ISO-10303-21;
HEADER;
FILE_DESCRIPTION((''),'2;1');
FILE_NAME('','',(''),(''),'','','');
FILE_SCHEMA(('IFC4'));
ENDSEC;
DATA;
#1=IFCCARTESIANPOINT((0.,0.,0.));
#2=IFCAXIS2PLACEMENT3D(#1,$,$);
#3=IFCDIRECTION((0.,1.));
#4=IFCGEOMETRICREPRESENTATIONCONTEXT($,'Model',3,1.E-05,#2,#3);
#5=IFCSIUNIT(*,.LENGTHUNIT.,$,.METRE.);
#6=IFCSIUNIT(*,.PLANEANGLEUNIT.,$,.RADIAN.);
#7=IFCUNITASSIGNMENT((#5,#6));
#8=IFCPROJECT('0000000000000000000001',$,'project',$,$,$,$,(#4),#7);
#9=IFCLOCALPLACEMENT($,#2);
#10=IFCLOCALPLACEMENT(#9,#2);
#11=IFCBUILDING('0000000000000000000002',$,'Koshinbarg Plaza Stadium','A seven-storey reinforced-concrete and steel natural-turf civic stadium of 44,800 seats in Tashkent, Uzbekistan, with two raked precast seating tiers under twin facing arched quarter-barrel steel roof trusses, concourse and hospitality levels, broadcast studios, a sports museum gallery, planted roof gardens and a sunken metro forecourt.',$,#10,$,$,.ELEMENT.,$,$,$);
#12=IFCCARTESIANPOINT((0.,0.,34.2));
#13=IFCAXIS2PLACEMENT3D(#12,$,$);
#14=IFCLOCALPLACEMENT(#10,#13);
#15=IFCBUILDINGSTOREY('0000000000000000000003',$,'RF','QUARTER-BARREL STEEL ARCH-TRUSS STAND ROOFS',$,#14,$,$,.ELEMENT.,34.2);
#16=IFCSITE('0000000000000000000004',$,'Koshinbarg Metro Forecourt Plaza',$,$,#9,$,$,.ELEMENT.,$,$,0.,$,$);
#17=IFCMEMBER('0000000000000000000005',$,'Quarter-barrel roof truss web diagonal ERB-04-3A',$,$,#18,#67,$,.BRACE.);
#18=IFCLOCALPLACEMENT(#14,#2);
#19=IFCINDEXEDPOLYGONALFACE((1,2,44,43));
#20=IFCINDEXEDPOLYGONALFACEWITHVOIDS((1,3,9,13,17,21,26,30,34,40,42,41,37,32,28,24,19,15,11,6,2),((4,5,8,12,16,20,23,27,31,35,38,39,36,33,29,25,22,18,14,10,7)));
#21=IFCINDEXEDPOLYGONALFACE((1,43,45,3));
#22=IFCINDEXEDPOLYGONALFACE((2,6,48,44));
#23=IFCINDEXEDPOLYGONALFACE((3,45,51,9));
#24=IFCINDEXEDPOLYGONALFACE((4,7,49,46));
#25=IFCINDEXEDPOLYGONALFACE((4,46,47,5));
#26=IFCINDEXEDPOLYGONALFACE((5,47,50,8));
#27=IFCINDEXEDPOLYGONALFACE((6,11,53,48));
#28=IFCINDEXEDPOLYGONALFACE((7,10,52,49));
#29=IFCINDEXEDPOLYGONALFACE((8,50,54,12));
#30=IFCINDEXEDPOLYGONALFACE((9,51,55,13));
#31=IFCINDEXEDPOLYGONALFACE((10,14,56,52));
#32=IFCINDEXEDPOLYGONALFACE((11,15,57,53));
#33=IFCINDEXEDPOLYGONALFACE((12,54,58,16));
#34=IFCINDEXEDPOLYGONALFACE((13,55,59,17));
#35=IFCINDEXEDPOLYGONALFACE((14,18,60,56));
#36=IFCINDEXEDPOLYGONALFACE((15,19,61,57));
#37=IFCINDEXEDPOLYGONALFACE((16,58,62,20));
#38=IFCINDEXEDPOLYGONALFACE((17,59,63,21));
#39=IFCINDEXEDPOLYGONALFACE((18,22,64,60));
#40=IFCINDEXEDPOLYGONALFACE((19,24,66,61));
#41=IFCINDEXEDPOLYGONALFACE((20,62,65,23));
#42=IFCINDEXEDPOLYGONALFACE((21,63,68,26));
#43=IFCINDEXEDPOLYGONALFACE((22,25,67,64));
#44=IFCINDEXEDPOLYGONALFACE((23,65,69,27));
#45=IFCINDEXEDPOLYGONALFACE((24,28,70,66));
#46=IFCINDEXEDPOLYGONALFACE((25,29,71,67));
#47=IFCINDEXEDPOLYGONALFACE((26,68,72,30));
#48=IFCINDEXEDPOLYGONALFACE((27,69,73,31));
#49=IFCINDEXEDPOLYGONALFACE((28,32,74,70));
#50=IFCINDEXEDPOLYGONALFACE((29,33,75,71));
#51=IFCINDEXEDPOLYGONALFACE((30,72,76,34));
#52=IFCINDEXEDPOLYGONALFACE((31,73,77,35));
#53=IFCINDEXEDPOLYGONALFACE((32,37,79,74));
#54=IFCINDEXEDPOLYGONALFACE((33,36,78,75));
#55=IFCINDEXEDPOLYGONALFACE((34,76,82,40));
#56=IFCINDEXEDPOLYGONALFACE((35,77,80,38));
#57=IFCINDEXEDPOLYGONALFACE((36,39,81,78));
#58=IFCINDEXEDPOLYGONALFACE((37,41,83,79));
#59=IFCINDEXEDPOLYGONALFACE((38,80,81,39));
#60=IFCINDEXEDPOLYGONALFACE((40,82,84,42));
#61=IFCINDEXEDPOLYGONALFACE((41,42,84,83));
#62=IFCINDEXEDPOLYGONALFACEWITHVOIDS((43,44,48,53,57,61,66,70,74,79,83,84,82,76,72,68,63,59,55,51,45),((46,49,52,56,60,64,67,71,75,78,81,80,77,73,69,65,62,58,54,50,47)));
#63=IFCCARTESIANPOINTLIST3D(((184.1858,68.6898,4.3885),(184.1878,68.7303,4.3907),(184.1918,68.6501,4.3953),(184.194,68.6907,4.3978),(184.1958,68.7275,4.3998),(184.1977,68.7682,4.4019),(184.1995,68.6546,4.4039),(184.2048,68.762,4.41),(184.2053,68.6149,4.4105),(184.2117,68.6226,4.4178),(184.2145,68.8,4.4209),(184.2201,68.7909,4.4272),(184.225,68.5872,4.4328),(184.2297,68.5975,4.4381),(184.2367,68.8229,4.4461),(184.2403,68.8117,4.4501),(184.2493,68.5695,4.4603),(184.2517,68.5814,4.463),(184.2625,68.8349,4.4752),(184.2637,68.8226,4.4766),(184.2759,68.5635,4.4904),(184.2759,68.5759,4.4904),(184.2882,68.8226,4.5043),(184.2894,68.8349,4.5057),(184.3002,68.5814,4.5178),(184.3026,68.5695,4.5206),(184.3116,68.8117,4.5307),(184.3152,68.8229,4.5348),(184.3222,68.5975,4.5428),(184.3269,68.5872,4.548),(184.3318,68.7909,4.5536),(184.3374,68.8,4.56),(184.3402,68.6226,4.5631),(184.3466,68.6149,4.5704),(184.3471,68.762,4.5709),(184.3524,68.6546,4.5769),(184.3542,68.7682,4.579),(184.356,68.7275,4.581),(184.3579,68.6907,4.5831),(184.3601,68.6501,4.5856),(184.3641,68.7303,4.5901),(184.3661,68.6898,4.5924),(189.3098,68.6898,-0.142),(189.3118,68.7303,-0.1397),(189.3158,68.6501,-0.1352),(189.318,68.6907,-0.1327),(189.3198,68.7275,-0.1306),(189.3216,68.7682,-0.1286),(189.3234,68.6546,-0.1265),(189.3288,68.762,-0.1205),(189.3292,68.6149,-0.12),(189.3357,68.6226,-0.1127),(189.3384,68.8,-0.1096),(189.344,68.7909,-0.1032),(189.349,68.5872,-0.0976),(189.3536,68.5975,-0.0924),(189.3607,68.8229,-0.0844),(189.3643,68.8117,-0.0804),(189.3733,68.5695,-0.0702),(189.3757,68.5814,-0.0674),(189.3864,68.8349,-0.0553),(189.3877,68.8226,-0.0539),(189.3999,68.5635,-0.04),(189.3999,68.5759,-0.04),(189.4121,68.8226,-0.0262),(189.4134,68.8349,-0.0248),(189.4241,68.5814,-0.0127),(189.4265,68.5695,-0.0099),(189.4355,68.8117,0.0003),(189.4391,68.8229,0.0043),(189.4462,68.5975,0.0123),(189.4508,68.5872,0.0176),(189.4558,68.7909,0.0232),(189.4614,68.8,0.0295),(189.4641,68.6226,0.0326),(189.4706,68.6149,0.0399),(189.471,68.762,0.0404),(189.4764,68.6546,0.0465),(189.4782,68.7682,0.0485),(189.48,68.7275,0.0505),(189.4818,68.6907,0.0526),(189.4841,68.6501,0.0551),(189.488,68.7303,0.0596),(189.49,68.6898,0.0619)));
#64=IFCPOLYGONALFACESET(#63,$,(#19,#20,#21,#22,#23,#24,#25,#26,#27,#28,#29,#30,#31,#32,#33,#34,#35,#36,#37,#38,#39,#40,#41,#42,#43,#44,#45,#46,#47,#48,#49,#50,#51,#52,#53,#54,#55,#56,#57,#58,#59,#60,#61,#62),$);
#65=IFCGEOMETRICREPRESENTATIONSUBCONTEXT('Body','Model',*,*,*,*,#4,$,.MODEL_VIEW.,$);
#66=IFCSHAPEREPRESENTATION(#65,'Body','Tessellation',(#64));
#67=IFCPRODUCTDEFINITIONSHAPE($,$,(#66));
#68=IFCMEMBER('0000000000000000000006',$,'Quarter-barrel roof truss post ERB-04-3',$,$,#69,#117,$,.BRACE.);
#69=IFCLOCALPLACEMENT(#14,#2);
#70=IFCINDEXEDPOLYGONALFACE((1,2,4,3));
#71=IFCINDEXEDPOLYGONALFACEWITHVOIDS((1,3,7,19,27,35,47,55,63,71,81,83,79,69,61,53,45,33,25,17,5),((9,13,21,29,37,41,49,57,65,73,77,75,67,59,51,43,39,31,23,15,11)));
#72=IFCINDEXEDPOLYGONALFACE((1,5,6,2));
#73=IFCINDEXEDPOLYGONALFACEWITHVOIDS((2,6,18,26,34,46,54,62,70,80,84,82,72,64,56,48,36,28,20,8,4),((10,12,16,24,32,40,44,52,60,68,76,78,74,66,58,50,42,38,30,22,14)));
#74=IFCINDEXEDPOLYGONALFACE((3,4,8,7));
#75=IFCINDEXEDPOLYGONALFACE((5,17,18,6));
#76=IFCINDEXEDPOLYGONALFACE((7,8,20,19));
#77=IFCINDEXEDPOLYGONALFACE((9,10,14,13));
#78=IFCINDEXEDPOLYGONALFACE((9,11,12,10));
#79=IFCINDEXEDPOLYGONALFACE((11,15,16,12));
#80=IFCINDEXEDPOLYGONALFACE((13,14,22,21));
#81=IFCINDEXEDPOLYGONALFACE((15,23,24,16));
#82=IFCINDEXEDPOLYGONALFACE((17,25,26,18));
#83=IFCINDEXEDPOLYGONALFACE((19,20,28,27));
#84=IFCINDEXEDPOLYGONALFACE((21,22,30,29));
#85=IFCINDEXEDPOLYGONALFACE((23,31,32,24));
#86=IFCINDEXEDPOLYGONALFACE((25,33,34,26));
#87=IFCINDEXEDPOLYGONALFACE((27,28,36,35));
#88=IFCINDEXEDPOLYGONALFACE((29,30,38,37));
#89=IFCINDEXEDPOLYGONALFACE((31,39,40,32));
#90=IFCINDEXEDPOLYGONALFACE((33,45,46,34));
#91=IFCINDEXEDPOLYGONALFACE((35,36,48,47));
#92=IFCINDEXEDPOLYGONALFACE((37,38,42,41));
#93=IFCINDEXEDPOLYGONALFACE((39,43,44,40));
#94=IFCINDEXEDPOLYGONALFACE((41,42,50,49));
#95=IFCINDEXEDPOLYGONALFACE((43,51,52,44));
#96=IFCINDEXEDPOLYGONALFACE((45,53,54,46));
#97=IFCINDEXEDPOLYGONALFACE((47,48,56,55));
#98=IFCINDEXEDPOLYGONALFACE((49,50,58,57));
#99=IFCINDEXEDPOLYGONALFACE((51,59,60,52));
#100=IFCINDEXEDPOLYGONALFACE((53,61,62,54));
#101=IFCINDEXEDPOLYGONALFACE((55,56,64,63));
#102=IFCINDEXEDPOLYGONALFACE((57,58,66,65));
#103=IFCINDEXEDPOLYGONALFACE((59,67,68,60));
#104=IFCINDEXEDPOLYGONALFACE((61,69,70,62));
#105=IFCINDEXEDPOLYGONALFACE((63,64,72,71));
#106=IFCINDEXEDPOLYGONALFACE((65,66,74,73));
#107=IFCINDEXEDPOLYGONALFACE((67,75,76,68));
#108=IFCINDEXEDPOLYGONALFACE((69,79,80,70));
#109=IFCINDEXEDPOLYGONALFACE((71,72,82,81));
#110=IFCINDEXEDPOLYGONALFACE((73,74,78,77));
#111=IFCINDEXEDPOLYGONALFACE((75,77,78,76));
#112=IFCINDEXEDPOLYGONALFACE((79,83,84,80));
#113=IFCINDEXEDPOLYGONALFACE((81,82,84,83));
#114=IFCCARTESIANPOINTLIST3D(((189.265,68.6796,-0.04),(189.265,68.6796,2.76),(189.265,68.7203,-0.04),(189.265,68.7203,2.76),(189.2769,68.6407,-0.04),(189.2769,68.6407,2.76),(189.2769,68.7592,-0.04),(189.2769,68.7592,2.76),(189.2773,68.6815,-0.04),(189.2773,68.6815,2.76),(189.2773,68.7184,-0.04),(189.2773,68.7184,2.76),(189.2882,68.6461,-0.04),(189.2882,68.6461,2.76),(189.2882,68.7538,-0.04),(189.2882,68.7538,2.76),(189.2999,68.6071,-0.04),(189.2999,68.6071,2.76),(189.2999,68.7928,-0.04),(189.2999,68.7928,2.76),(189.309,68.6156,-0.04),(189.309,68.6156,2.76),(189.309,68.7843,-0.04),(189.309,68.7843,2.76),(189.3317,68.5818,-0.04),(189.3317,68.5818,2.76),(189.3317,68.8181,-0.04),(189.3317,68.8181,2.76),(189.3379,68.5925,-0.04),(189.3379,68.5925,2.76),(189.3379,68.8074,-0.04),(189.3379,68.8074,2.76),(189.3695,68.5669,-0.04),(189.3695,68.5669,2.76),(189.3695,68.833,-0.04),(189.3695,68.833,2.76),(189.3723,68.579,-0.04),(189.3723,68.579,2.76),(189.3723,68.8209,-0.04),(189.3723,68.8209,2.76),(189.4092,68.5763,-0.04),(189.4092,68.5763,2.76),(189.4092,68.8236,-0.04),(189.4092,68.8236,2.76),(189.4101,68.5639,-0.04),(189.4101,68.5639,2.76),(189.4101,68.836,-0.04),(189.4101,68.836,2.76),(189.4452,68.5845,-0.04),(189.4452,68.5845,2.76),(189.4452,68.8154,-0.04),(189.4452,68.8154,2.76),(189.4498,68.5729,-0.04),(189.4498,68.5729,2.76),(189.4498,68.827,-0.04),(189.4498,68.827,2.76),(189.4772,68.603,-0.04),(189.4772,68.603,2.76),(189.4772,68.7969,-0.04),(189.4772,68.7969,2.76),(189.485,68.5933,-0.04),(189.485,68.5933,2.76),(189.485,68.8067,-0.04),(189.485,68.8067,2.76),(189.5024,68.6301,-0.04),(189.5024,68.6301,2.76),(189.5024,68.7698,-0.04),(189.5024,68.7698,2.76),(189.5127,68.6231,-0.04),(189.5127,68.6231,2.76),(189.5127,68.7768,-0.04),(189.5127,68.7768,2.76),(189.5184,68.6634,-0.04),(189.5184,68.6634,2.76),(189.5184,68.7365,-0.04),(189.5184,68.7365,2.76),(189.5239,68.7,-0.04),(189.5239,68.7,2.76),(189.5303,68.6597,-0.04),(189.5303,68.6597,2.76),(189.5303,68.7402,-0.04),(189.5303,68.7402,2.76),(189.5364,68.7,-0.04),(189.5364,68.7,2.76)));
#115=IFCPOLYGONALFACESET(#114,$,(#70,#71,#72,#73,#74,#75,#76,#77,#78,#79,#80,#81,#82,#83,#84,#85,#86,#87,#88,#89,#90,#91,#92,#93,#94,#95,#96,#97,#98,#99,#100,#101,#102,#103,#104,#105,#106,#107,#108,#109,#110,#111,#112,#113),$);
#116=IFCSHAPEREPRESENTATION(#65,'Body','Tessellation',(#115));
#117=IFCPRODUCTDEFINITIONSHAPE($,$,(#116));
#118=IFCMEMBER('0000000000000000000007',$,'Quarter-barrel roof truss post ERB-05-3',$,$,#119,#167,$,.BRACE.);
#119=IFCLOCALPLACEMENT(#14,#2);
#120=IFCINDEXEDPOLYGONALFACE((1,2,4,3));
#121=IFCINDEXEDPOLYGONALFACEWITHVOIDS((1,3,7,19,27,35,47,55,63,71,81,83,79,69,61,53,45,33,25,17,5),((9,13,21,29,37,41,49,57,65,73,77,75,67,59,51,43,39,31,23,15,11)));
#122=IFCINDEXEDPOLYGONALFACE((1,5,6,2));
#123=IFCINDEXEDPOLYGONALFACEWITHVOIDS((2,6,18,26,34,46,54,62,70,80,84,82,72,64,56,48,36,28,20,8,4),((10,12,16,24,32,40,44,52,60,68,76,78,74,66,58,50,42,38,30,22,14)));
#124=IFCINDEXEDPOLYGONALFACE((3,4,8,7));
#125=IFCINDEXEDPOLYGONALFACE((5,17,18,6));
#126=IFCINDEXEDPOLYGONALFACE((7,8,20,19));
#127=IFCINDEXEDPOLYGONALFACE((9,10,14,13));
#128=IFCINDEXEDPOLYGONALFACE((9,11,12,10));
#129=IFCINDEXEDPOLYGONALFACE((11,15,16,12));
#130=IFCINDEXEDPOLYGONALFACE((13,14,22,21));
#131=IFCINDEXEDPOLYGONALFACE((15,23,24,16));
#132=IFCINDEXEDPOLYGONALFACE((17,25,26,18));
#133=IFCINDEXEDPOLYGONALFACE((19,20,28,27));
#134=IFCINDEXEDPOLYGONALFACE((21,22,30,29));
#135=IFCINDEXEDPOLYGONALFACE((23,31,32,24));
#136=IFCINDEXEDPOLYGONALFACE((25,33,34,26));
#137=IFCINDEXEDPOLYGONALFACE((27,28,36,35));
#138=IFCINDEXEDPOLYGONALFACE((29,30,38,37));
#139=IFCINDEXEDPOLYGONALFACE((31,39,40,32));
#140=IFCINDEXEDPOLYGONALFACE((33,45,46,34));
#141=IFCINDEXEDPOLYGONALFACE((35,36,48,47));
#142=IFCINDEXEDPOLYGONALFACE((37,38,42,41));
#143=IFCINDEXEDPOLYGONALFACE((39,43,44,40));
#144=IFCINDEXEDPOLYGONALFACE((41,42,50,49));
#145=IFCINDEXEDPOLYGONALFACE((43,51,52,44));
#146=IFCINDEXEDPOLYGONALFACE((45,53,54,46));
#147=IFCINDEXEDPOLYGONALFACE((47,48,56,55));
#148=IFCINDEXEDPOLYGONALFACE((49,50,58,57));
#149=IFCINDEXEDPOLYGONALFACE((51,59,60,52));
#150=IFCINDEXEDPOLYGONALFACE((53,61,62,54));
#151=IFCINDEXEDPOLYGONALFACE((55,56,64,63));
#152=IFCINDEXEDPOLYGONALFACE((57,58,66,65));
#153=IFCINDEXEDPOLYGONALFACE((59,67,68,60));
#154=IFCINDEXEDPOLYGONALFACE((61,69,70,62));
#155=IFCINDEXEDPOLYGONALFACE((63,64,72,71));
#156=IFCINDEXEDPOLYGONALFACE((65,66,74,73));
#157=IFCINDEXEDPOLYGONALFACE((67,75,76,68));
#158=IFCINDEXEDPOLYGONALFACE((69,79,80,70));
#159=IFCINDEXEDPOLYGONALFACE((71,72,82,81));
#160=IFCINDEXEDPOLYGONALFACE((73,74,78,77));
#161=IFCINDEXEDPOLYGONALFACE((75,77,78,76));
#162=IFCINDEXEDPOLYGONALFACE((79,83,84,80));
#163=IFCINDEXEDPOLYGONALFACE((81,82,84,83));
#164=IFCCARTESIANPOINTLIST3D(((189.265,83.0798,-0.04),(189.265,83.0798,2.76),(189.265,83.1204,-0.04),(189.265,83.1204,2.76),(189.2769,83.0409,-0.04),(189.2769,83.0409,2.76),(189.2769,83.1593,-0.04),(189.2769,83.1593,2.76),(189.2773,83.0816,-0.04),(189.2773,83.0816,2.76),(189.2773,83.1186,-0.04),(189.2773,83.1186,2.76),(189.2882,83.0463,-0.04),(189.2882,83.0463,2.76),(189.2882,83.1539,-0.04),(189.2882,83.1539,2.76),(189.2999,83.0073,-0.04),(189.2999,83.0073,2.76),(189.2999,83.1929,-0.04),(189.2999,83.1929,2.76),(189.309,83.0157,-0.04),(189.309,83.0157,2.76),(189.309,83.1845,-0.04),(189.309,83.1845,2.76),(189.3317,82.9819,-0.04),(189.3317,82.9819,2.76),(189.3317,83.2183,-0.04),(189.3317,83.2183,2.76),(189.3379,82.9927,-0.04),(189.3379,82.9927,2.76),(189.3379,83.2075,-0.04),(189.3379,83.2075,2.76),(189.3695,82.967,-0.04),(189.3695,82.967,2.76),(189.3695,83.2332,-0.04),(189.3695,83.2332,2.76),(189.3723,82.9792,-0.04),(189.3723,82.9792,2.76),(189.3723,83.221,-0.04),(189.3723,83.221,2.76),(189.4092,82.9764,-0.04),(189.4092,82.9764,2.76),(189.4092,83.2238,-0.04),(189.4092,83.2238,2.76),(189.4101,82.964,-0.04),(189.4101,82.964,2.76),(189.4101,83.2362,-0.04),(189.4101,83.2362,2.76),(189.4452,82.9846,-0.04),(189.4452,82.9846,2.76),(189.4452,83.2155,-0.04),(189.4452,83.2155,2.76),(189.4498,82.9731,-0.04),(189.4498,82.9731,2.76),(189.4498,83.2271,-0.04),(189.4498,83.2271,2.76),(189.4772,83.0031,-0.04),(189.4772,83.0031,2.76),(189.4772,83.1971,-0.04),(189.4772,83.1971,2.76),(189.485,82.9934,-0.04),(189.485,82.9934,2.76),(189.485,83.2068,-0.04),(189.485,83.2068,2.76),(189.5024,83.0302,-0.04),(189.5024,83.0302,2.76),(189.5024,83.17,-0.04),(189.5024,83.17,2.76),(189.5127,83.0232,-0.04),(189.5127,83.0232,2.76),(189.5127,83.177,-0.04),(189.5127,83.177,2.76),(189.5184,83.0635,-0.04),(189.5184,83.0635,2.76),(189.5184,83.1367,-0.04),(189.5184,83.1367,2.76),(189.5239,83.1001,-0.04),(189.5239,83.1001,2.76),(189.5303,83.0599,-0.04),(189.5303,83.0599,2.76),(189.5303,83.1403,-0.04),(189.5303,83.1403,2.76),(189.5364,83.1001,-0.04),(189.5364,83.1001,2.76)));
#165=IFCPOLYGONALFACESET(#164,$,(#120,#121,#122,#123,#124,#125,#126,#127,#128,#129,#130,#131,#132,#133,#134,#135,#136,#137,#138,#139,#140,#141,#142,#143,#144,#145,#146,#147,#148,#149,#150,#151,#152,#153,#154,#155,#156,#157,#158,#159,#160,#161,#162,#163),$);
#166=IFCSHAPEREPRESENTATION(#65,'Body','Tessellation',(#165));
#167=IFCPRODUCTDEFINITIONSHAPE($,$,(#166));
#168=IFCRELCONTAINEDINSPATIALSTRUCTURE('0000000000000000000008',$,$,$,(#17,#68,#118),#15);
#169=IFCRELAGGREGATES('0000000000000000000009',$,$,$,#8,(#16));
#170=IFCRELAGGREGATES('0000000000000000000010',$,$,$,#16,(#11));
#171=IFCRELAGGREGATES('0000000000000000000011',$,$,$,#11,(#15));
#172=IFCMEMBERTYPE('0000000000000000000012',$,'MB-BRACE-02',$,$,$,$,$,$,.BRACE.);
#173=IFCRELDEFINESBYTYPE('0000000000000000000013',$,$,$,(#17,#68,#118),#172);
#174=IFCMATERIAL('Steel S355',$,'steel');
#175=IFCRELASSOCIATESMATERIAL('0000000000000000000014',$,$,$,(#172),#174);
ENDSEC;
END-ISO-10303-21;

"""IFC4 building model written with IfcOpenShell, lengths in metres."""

from ifc_helpers import new_model, si_unit, direction, frame, origin, origin_2d, place, context, subcontext, project, spatial, hollow_circle, extrude, material, material_profile, profile_set, type_object, element, save


model = new_model("IFC4")

# Units and contexts
model_context = context("Model", 3, precision=1e-05, world=origin(), true_north=direction((0.0, 1.0)))
body_context = subcontext(model_context, "Body", "Model", "MODEL_VIEW")
ifc_project = project(units=[si_unit("LENGTHUNIT", "METRE"), si_unit("PLANEANGLEUNIT", "RADIAN")], contexts=[model_context])

# Site, building, storey
site_placement = place(None, origin())
site = spatial("IfcSite", under=ifc_project, at=site_placement, Name="Koshinbarg Metro Forecourt Plaza", CompositionType="ELEMENT", RefElevation=0.0)
building_placement = place(site_placement, origin())
building = spatial("IfcBuilding", under=site, at=building_placement, Name="Koshinbarg Plaza Stadium", Description="A seven-storey reinforced-concrete and steel natural-turf civic stadium of 44,800 seats in Tashkent, Uzbekistan, with two raked precast seating tiers under twin facing arched quarter-barrel steel roof trusses, concourse and hospitality levels, broadcast studios, a sports museum gallery, planted roof gardens and a sunken metro forecourt.", CompositionType="ELEMENT")
storey_placement = place(building_placement, frame((0.0, 0.0, 34.2)))
storey = spatial("IfcBuildingStorey", under=building, at=storey_placement, Name="RF", Description="QUARTER-BARREL STEEL ARCH-TRUSS STAND ROOFS", CompositionType="ELEMENT", Elevation=34.2)

# Members
ifc_material_1 = material(Name="Steel S355", Category="steel")
ifc_material_profile_1 = material_profile(ifc_material_1, hollow_circle(Radius=0.1365, WallThickness=0.0125, at=origin_2d()), Name="CHS 273x12.5")
ifc_profile_set_1 = profile_set([ifc_material_profile_1], Name="Steel S355")
member_type_1 = type_object("IfcMemberType", Name="MB-BRACE-02", PredefinedType="BRACE", material=ifc_profile_set_1)
member_1_placement = place(storey_placement, frame((189.3999, 68.7, -0.04), z_axis=(-0.749161, 0.0, 0.662387), x_axis=(0.0, -1.0, 0.0)))
element("IfcMember", 1, at=member_1_placement, inside=storey, type_object=member_type_1, Name="Quarter-barrel roof truss web diagonal ERB-04-3A", PredefinedType="BRACE", context=body_context, shape_type="SweptSolid", body=[
    extrude(hollow_circle(Radius=0.1365, WallThickness=0.0125, at=origin_2d()), origin(), (0.0, 0.0, 1.0), 6.8396),
])
for number, where, z_axis, x_axis, name in (
    (2, (189.3999, 68.7, -0.04), (0.0, 0.0, 1.0), (1.0, 0.0, 0.0), "Quarter-barrel roof truss post ERB-04-3"),
    (3, (189.3999, 83.1001, -0.04), (0.0, 0.0, 1.0), (1.0, 0.0, 0.0), "Quarter-barrel roof truss post ERB-05-3"),
):
    element("IfcMember", number, at=place(storey_placement, frame(where, z_axis=z_axis, x_axis=x_axis)), inside=storey, type_object=member_type_1, Name=name, PredefinedType="BRACE", context=body_context, shape_type="SweptSolid", body=[
        extrude(hollow_circle(Radius=0.1365, WallThickness=0.0125, at=origin_2d()), origin(), (0.0, 0.0, 1.0), 2.8),
    ])

save(model, "model.ifc")
